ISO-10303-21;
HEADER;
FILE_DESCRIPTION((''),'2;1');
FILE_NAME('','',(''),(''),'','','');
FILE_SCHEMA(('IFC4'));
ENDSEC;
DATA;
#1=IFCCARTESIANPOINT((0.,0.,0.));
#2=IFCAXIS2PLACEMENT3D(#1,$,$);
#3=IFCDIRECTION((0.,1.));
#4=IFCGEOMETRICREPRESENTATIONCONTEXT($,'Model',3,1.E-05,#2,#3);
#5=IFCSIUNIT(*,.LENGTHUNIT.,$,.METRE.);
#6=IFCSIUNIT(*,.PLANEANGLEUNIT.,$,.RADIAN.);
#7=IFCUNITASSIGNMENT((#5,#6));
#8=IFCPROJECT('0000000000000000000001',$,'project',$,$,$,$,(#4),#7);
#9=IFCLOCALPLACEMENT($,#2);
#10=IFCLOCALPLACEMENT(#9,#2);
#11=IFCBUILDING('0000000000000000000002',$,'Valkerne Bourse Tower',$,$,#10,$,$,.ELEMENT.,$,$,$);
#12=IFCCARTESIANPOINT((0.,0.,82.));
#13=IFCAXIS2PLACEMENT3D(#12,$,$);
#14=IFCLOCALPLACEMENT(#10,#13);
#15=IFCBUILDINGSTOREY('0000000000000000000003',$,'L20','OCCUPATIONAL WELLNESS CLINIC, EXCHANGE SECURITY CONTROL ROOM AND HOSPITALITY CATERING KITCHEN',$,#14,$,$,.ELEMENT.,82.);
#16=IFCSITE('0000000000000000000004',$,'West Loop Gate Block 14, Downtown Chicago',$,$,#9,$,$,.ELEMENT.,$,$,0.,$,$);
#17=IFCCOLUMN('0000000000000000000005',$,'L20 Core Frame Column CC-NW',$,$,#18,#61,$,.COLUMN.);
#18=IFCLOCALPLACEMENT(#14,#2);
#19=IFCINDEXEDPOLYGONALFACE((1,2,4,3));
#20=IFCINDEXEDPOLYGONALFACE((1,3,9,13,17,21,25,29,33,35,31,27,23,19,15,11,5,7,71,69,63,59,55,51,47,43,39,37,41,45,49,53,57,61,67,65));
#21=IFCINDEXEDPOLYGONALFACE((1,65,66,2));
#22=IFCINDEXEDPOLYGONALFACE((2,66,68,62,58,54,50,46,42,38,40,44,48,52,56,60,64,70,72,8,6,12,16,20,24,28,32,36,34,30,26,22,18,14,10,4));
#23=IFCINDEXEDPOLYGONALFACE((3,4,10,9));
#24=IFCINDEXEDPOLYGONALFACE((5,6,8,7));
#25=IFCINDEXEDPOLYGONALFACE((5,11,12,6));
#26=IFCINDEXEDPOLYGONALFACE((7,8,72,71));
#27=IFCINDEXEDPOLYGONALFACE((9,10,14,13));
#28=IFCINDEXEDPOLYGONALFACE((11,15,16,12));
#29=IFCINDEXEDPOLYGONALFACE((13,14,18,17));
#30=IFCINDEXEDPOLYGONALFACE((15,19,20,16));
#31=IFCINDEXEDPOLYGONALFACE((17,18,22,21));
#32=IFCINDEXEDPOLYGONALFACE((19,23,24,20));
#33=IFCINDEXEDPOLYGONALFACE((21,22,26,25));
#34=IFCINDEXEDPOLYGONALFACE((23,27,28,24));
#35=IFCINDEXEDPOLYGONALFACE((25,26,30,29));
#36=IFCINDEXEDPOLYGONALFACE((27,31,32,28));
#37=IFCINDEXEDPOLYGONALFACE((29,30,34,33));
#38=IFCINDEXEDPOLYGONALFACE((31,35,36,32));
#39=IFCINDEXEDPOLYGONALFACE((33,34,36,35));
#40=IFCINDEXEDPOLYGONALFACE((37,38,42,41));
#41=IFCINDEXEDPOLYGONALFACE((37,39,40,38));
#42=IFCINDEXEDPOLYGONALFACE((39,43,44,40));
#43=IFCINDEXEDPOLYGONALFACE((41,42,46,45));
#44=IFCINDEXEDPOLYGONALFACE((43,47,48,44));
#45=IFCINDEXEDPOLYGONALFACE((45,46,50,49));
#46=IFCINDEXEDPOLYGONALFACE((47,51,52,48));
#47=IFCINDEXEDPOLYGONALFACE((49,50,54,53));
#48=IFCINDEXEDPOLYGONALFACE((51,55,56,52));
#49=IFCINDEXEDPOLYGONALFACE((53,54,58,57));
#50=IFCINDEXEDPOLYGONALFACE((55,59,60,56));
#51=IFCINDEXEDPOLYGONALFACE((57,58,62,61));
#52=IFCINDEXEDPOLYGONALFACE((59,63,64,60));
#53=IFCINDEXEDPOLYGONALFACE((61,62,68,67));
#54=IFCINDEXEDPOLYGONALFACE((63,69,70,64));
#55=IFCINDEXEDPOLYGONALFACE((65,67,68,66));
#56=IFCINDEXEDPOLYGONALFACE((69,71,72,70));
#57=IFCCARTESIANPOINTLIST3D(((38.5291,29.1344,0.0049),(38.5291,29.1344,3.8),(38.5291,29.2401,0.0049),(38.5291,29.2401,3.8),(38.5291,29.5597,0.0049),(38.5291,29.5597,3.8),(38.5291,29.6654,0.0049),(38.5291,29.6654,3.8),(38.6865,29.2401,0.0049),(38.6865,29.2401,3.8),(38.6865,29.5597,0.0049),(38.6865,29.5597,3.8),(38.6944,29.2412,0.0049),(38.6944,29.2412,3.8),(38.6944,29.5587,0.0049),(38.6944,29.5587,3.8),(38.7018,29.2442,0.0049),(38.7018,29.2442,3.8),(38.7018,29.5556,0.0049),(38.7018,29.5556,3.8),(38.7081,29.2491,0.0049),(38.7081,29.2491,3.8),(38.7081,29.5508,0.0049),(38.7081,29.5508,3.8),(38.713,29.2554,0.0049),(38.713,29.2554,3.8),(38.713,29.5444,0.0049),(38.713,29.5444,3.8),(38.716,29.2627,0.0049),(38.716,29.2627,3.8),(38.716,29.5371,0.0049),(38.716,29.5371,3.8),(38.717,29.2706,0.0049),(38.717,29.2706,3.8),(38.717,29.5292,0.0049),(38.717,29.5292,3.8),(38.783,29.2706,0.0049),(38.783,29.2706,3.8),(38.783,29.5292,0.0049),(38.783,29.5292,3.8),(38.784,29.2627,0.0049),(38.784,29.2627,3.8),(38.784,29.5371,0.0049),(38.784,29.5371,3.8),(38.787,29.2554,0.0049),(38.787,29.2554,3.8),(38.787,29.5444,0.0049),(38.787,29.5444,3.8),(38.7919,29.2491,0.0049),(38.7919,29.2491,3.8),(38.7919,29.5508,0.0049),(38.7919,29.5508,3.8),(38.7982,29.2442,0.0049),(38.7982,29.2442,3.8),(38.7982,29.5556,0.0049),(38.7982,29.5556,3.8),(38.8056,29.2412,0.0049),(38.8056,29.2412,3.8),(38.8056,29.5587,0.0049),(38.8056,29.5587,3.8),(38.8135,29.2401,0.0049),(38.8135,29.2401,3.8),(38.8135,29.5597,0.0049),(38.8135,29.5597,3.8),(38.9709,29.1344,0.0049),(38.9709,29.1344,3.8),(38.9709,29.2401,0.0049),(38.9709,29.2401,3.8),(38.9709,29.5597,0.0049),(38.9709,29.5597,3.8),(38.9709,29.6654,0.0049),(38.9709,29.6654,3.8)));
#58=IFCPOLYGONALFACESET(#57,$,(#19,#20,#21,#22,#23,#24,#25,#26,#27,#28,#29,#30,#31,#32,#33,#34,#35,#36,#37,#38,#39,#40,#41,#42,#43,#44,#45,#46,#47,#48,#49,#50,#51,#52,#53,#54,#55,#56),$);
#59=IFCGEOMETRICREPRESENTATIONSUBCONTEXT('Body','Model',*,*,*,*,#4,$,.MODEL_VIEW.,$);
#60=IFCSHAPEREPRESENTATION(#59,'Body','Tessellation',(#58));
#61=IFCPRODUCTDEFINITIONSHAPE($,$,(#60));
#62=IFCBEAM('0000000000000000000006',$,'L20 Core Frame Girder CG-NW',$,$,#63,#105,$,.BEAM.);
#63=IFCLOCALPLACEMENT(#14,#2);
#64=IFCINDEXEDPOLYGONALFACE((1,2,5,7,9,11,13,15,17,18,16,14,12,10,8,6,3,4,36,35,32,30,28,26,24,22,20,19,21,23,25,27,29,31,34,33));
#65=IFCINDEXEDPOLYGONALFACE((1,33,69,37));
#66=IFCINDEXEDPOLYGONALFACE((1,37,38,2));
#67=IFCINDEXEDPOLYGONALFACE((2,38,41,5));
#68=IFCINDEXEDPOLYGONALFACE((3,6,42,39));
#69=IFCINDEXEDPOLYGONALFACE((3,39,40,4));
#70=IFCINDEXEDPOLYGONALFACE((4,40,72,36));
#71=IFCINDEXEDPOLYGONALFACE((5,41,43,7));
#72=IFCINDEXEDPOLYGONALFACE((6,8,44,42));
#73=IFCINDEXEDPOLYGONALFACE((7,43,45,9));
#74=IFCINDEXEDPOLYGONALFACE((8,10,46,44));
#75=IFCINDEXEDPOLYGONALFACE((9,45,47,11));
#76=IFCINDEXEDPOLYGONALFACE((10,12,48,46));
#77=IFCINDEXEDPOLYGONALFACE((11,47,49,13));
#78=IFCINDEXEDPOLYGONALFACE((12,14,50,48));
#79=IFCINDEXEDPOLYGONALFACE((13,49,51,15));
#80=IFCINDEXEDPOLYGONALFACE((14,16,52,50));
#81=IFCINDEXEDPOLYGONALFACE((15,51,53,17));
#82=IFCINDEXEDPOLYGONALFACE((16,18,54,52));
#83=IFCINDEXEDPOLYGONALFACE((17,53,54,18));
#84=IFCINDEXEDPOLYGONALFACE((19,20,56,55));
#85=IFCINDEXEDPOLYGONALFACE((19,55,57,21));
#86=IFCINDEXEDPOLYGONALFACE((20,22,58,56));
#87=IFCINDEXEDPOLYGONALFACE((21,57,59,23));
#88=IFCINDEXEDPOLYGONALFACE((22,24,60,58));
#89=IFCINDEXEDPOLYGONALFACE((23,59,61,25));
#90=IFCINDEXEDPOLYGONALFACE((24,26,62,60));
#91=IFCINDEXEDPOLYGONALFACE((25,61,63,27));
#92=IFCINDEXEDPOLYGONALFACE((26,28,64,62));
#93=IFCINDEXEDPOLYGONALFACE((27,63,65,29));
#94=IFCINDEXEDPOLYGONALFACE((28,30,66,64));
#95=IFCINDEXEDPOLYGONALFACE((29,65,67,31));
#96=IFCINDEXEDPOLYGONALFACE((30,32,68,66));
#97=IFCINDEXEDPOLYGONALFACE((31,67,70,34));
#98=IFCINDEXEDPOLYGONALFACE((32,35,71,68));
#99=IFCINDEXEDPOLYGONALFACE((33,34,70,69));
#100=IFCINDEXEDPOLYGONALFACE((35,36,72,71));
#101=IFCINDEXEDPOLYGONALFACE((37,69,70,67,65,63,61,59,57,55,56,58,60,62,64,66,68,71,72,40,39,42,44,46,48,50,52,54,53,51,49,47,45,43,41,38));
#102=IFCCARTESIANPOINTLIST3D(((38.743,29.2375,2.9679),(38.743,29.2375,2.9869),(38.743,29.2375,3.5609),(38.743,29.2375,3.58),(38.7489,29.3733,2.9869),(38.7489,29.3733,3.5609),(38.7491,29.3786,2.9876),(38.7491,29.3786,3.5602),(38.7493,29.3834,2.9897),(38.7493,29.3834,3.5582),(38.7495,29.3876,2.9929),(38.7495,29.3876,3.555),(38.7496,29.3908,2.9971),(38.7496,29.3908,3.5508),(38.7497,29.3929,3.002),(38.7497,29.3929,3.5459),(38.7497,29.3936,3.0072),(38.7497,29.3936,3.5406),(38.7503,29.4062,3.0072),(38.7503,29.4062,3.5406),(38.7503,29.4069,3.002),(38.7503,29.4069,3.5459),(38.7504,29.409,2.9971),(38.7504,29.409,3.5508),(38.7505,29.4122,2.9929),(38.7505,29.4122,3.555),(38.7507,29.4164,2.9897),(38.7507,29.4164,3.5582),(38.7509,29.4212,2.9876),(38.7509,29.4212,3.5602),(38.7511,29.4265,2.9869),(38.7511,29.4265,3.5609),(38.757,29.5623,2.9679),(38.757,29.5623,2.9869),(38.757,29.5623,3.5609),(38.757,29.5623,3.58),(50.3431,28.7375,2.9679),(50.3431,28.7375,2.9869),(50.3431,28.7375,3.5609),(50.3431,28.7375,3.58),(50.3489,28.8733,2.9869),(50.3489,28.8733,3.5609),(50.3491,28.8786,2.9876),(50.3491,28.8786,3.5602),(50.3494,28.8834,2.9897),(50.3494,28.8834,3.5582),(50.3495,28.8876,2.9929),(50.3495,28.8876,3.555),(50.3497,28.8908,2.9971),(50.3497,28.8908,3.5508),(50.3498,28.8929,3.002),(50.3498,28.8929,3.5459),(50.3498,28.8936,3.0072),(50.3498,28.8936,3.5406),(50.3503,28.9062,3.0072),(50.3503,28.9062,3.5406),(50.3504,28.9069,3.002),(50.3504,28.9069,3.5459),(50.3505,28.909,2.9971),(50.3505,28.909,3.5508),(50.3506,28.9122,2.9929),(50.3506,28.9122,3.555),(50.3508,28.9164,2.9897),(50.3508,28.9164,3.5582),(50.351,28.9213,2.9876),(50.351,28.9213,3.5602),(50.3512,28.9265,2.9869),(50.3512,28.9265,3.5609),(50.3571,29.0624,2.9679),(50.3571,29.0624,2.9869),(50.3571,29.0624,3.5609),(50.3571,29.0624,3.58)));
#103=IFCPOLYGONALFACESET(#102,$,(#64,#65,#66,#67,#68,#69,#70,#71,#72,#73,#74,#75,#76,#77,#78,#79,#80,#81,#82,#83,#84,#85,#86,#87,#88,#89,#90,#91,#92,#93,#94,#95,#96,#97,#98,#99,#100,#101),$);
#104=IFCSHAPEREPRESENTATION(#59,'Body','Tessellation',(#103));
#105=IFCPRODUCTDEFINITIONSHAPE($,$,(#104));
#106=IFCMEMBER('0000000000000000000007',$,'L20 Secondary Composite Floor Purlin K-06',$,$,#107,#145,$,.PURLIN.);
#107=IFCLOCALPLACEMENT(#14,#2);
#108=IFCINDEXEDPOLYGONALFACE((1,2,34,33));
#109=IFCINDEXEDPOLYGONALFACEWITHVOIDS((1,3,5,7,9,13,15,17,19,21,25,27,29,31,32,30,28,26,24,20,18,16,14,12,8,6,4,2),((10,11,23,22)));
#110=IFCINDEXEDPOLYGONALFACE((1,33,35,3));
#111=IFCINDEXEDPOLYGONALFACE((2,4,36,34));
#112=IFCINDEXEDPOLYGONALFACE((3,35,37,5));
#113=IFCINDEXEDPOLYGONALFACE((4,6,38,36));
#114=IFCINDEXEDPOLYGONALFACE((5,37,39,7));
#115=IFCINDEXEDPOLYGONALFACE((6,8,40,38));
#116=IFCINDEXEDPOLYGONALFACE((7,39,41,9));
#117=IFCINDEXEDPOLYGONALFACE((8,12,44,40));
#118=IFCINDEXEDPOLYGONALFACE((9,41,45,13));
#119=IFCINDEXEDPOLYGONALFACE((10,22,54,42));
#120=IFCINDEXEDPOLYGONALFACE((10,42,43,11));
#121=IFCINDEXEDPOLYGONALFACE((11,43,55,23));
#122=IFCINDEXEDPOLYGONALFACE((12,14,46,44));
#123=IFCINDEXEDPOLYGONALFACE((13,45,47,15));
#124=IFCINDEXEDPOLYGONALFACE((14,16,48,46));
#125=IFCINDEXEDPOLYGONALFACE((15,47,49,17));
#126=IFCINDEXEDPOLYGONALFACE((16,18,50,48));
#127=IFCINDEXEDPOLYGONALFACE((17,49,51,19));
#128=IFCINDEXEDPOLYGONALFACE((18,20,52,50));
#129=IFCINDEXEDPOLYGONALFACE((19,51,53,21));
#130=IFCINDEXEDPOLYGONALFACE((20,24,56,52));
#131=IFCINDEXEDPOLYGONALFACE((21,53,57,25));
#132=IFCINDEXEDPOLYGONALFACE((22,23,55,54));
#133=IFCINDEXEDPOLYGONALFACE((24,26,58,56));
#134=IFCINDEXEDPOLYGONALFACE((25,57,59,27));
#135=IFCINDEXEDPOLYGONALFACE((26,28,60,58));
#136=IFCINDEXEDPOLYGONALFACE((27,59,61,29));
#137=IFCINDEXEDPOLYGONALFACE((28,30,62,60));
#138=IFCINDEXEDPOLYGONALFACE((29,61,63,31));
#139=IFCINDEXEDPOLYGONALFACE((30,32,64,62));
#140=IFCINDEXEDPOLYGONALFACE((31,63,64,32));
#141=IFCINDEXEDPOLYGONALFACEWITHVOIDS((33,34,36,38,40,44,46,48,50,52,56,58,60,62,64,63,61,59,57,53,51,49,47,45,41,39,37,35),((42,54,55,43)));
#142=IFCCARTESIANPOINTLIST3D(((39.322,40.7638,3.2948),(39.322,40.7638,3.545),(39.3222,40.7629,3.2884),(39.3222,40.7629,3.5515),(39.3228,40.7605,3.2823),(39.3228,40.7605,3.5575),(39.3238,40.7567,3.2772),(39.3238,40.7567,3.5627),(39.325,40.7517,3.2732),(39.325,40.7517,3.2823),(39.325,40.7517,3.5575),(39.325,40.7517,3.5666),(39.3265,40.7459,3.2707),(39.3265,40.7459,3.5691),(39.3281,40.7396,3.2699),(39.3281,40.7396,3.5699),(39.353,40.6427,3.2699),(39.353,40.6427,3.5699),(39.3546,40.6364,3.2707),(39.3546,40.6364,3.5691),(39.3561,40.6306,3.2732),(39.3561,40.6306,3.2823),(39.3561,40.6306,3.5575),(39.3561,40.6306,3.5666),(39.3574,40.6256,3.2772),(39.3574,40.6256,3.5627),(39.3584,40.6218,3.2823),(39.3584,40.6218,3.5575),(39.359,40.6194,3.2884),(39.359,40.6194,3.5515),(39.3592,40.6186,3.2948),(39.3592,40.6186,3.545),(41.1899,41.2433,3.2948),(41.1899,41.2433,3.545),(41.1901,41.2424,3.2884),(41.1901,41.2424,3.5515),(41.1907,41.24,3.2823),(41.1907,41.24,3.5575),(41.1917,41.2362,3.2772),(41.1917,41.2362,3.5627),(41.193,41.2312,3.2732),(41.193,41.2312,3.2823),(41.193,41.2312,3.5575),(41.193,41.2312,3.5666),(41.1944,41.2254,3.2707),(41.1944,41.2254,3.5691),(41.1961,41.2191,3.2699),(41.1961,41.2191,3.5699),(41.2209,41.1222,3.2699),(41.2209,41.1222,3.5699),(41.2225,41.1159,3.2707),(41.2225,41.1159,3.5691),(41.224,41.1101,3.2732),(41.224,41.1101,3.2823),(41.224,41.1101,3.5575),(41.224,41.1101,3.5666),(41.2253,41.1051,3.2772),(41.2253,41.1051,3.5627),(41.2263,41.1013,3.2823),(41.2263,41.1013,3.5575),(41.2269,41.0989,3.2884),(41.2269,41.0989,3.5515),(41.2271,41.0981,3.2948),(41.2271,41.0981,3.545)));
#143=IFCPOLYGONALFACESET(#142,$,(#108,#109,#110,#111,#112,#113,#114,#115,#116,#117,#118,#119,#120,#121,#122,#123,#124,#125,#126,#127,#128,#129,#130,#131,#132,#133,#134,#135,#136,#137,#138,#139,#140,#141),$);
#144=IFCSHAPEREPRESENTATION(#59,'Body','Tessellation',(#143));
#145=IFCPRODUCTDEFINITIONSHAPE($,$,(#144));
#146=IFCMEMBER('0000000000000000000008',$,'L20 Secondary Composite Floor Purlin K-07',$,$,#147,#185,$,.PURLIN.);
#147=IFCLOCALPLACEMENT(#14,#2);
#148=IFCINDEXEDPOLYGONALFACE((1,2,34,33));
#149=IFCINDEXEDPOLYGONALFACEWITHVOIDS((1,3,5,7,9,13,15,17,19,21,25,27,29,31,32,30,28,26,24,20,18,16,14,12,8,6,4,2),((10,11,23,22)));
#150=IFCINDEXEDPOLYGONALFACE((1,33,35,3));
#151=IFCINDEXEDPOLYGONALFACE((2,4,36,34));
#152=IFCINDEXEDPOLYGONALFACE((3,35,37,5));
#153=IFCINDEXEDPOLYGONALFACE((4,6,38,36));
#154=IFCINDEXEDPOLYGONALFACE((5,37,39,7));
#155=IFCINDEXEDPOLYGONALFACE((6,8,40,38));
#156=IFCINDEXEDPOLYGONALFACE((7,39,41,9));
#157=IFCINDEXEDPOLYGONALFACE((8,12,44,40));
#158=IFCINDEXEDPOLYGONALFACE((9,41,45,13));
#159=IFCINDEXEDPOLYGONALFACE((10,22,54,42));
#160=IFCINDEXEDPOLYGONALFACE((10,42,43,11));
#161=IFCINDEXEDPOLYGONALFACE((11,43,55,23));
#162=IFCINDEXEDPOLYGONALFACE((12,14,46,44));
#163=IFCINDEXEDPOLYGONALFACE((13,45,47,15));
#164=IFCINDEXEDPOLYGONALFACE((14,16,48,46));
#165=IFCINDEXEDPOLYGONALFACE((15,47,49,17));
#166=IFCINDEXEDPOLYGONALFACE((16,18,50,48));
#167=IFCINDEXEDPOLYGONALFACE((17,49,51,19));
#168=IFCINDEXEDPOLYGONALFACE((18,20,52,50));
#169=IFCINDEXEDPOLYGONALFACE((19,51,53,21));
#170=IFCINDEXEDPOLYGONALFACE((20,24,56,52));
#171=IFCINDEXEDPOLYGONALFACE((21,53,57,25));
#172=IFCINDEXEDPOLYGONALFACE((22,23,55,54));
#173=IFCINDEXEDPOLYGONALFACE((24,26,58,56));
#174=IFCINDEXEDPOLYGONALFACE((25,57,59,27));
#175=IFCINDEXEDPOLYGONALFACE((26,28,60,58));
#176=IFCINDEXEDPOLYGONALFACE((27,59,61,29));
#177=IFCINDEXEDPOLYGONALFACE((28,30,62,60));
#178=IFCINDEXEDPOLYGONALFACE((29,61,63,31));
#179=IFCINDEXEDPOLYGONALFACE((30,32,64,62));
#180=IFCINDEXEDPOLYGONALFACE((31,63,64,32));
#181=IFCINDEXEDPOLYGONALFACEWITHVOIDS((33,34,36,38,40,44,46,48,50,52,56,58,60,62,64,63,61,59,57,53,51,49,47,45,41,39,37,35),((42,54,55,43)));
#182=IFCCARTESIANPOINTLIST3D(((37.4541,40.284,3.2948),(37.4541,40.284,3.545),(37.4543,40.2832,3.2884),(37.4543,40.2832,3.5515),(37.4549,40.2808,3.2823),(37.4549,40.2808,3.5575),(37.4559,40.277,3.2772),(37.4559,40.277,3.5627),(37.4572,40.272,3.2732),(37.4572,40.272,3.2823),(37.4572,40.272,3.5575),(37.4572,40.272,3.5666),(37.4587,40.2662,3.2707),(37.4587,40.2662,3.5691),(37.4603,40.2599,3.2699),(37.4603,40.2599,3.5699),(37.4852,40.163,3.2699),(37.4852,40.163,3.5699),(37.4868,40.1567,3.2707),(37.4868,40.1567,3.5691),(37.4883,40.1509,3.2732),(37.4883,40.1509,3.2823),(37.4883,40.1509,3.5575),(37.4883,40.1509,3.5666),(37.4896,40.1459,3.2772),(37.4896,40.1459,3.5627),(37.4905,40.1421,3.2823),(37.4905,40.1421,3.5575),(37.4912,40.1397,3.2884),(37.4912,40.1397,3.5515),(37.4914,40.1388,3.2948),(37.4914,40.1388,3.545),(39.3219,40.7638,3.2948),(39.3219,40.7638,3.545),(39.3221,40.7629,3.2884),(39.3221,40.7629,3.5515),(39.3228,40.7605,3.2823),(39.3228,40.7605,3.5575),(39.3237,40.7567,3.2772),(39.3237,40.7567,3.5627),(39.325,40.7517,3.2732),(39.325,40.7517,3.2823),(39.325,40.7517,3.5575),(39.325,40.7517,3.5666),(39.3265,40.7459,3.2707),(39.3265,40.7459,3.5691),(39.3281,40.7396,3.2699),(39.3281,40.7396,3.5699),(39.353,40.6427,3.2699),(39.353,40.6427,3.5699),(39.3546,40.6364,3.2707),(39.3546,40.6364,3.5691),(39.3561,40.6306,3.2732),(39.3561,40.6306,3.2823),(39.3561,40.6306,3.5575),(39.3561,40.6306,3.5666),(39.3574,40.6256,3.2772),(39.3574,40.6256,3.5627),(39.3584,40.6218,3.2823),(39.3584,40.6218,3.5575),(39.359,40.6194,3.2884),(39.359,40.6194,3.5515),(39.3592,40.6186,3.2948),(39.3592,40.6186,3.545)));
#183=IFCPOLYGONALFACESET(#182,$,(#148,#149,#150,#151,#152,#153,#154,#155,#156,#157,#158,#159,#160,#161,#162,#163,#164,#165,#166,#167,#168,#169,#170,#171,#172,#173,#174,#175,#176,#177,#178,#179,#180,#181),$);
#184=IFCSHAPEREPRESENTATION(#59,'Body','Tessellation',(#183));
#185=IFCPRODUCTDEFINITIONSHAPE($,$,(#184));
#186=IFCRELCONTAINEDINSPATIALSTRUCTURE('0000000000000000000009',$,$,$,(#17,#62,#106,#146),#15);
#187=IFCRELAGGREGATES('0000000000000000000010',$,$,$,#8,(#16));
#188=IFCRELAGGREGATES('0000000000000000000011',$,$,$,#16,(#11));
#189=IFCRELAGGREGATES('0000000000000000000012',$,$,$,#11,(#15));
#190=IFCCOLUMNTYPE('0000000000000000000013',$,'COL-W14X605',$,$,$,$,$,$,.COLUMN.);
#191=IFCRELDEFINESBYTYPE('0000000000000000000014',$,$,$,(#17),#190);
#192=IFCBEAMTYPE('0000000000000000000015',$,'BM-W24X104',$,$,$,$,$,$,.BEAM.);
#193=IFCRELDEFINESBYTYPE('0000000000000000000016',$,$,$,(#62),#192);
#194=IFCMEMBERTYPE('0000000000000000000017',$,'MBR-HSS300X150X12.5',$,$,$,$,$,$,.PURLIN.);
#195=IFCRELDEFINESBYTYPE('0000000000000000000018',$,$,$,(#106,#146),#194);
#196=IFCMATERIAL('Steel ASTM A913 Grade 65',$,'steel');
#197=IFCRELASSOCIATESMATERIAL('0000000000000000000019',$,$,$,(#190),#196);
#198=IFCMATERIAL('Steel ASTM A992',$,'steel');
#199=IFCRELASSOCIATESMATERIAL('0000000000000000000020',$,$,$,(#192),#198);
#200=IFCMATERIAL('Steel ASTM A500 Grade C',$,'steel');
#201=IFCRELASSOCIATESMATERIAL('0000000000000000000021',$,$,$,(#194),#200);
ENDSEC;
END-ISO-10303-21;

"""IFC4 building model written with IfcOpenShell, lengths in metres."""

from ifc_helpers import new_model, si_unit, direction, frame, origin, origin_2d, place, context, subcontext, project, spatial, hollow_rectangle, i_section, extrude, material, material_profile, profile_set, type_object, element, save


model = new_model("IFC4")

# Units and contexts
model_context = context("Model", 3, precision=1e-05, world=origin(), true_north=direction((0.0, 1.0)))
body_context = subcontext(model_context, "Body", "Model", "MODEL_VIEW")
ifc_project = project(units=[si_unit("LENGTHUNIT", "METRE"), si_unit("PLANEANGLEUNIT", "RADIAN")], contexts=[model_context])

# Site, building, storey
site_placement = place(None, origin())
site = spatial("IfcSite", under=ifc_project, at=site_placement, Name="West Loop Gate Block 14, Downtown Chicago", CompositionType="ELEMENT", RefElevation=0.0)
building_placement = place(site_placement, origin())
building = spatial("IfcBuilding", under=site, at=building_placement, Name="Valkerne Bourse Tower", CompositionType="ELEMENT")
storey_placement = place(building_placement, frame((0.0, 0.0, 82.0)))
storey = spatial("IfcBuildingStorey", under=building, at=storey_placement, Name="L20", Description="OCCUPATIONAL WELLNESS CLINIC, EXCHANGE SECURITY CONTROL ROOM AND HOSPITALITY CATERING KITCHEN", CompositionType="ELEMENT", Elevation=82.0)

# Column
ifc_material_1 = material(Name="Steel ASTM A913 Grade 65", Category="steel")
ifc_material_profile_1 = material_profile(ifc_material_1, i_section(OverallWidth=0.4419, OverallDepth=0.531, WebThickness=0.0659, FlangeThickness=0.1057, FilletRadius=0.0305, at=origin_2d()), Name="W14X605")
ifc_profile_set_1 = profile_set([ifc_material_profile_1], Name="Steel ASTM A913 Grade 65")
column_type = type_object("IfcColumnType", Name="COL-W14X605", PredefinedType="COLUMN", material=ifc_profile_set_1)
column_placement = place(storey_placement, frame((38.75, 29.3999, 0.0049), z_axis=(0.0, 0.0, 1.0), x_axis=(1.0, 0.0, 0.0)))
element("IfcColumn", 1, at=column_placement, inside=storey, type_object=column_type, Name="L20 Core Frame Column CC-NW", PredefinedType="COLUMN", context=body_context, shape_type="SweptSolid", body=[
    extrude(i_section(OverallWidth=0.4419, OverallDepth=0.531, WebThickness=0.0659, FlangeThickness=0.1057, FilletRadius=0.0305, at=origin_2d()), origin(), (0.0, 0.0, 1.0), 3.7952),
])

# Beam
ifc_material_2 = material(Name="Steel ASTM A992", Category="steel")
ifc_material_profile_2 = material_profile(ifc_material_2, i_section(OverallWidth=0.3252, OverallDepth=0.6121, WebThickness=0.0127, FlangeThickness=0.019, FilletRadius=0.0203, at=origin_2d()), Name="W24X104")
ifc_profile_set_2 = profile_set([ifc_material_profile_2], Name="Steel ASTM A992")
beam_type = type_object("IfcBeamType", Name="BM-W24X104", PredefinedType="BEAM", material=ifc_profile_set_2)
beam_placement = place(storey_placement, frame((38.75, 29.3999, 3.2739), z_axis=(0.999072, -0.043063, 0.0), x_axis=(0.043063, 0.999072, 0.0)))
element("IfcBeam", 2, at=beam_placement, inside=storey, type_object=beam_type, Name="L20 Core Frame Girder CG-NW", PredefinedType="BEAM", context=body_context, shape_type="SweptSolid", body=[
    extrude(i_section(OverallWidth=0.3252, OverallDepth=0.6121, WebThickness=0.0127, FlangeThickness=0.019, FilletRadius=0.0203, at=origin_2d()), origin(), (0.0, 0.0, 1.0), 11.6108),
])

# Members
ifc_material_3 = material(Name="Steel ASTM A500 Grade C", Category="steel")
ifc_material_profile_3 = material_profile(ifc_material_3, hollow_rectangle(XDim=0.1499, YDim=0.3, WallThickness=0.0125, OuterFilletRadius=0.0249, at=origin_2d()), Name="HSS300X150X12.5")
ifc_profile_set_3 = profile_set([ifc_material_profile_3], Name="Steel ASTM A500 Grade C")
member_type = type_object("IfcMemberType", Name="MBR-HSS300X150X12.5", PredefinedType="PURLIN", material=ifc_profile_set_3)
for number, where, z_axis, x_axis, name in (
    (3, (41.2085, 41.1707, 3.4199), (-0.968597, -0.248637, 0.0), (0.248637, -0.968597, 0.0), "L20 Secondary Composite Floor Purlin K-06"),
    (4, (39.3406, 40.6912, 3.4199), (-0.968566, -0.248756, 0.0), (0.248756, -0.968566, 0.0), "L20 Secondary Composite Floor Purlin K-07"),
):
    element("IfcMember", number, at=place(storey_placement, frame(where, z_axis=z_axis, x_axis=x_axis)), inside=storey, type_object=member_type, Name=name, PredefinedType="PURLIN", context=body_context, shape_type="SweptSolid", body=[
        extrude(hollow_rectangle(XDim=0.1499, YDim=0.3, WallThickness=0.0125, OuterFilletRadius=0.0249, at=origin_2d()), origin(), (0.0, 0.0, 1.0), 1.9285),
    ])

save(model, "model.ifc")
